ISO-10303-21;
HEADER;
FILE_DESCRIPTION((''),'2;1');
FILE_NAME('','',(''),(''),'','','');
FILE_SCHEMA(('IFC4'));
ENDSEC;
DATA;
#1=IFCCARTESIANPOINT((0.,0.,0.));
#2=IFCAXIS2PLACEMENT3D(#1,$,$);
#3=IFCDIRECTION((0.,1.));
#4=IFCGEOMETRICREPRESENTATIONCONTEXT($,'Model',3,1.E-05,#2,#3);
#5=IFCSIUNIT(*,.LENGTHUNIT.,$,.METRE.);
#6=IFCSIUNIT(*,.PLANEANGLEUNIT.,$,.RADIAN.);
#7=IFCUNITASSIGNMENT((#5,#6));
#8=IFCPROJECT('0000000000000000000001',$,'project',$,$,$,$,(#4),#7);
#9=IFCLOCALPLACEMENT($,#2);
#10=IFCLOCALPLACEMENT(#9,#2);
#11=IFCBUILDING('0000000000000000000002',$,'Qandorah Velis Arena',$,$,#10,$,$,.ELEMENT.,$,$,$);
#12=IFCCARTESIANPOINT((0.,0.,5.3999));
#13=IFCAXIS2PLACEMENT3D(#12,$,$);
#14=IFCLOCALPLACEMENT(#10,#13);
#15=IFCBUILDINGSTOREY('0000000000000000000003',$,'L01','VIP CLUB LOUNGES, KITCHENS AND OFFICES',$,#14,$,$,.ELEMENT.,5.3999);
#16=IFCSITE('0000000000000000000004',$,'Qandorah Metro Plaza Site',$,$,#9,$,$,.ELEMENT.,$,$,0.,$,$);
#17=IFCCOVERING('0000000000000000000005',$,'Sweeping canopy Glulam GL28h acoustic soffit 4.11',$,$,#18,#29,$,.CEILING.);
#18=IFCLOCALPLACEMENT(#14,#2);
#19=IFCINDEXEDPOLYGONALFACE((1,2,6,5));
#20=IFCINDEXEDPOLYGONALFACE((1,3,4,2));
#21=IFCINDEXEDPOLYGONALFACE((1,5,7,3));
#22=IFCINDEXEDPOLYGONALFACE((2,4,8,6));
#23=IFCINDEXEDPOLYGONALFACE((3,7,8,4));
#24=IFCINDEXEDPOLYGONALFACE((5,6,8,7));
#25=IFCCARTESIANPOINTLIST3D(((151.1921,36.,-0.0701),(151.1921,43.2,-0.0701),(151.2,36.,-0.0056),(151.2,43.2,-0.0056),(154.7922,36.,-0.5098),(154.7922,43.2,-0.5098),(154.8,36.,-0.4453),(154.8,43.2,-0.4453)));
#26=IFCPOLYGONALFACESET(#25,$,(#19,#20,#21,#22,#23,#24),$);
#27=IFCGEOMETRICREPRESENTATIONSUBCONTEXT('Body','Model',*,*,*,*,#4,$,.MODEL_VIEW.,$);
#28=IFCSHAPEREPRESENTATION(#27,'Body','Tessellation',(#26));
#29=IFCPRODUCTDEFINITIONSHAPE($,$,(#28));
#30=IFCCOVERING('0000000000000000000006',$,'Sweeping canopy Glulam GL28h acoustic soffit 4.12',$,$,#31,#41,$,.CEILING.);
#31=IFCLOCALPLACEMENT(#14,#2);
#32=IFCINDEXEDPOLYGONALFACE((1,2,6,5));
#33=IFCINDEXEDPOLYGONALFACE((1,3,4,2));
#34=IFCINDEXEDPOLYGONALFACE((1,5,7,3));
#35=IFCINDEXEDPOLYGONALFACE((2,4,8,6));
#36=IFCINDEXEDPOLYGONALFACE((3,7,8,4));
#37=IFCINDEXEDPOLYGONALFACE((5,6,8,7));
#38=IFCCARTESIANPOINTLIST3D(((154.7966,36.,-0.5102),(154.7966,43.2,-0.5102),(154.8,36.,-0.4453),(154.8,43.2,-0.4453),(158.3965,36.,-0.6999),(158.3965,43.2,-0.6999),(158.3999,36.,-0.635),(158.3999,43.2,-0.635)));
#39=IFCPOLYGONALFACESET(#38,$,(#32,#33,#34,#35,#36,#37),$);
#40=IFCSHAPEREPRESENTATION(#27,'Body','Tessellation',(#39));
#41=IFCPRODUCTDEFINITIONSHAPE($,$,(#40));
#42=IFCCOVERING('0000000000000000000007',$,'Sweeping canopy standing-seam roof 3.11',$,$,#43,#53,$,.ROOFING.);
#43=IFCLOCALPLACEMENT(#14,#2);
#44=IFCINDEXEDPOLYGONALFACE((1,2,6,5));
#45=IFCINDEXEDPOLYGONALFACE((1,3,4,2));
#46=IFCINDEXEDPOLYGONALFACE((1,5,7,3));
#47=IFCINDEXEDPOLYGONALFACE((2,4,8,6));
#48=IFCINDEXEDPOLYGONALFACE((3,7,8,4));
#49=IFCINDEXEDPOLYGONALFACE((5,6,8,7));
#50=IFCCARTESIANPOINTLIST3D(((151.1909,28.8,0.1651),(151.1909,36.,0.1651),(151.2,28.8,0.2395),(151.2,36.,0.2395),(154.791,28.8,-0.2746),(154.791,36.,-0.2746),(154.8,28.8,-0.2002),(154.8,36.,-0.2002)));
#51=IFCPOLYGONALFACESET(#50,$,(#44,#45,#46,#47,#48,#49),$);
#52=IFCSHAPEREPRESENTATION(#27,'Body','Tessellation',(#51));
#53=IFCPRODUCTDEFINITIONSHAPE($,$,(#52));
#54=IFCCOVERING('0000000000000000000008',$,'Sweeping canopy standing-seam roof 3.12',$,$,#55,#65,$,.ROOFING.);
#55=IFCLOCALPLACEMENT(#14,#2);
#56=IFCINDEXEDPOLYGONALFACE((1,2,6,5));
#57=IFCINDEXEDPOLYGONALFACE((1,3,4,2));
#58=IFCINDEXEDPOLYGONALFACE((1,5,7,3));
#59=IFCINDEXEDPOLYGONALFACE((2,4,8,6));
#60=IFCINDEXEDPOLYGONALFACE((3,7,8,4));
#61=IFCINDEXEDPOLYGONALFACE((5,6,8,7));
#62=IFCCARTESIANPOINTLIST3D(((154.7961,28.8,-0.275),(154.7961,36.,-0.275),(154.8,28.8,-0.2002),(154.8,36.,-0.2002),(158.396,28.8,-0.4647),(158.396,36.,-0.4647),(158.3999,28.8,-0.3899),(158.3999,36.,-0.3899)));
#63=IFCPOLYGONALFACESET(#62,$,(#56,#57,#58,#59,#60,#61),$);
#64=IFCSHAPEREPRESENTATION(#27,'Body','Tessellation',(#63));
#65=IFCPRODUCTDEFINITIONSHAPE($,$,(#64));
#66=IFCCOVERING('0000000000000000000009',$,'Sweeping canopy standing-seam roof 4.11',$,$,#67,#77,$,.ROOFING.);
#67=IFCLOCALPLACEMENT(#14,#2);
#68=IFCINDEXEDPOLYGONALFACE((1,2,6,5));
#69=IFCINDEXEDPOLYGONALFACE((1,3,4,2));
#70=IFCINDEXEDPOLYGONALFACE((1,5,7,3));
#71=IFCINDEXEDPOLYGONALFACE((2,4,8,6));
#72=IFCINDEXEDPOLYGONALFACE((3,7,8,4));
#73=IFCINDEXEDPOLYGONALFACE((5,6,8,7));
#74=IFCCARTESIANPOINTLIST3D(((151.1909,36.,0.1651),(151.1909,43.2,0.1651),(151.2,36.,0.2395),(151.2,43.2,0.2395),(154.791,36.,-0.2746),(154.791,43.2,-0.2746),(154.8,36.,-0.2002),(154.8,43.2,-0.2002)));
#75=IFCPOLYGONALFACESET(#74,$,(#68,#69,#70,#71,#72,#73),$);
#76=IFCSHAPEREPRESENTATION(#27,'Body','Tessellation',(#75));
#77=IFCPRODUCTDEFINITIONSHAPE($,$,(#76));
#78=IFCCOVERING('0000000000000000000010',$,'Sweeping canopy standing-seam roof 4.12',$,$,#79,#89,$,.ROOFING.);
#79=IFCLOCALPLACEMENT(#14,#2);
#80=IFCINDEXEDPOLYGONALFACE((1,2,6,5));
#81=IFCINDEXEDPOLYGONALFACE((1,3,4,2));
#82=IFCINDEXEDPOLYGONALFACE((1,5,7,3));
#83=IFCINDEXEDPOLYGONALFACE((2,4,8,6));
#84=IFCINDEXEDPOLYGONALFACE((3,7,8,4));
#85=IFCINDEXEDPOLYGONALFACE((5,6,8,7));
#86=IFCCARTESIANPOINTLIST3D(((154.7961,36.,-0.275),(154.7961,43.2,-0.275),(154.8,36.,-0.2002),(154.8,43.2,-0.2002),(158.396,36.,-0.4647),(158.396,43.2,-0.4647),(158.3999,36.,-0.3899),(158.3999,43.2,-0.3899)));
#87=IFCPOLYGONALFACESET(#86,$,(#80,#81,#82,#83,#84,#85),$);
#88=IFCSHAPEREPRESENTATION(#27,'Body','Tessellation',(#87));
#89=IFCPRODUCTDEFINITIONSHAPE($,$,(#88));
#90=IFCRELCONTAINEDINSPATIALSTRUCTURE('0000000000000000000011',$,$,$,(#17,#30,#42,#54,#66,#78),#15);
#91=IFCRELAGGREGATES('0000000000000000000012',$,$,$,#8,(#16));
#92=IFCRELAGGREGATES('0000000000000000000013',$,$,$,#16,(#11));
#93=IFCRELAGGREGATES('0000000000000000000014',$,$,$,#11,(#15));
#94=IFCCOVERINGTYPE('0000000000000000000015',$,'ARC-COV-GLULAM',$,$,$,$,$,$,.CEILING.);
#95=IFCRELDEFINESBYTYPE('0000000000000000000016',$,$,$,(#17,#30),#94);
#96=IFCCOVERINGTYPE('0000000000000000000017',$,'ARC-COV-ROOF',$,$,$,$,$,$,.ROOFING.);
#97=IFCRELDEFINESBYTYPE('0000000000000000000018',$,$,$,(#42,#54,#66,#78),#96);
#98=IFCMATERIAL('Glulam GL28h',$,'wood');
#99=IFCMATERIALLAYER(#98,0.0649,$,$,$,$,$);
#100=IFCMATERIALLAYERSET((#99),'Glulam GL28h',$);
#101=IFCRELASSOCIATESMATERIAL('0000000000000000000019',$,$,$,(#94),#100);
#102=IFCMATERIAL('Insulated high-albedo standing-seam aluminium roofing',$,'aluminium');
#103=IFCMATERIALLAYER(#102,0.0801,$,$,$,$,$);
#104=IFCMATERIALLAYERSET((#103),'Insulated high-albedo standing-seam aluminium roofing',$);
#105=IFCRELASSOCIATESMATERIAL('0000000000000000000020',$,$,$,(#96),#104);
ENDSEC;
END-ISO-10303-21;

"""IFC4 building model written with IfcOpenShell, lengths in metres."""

from ifc_helpers import new_model, si_unit, direction, frame, origin, place, context, subcontext, project, spatial, polyline, outline, extrude, material, layer, layer_set, type_object, element, save


model = new_model("IFC4")

# Units and contexts
model_context = context("Model", 3, precision=1e-05, world=origin(), true_north=direction((0.0, 1.0)))
body_context = subcontext(model_context, "Body", "Model", "MODEL_VIEW")
ifc_project = project(units=[si_unit("LENGTHUNIT", "METRE"), si_unit("PLANEANGLEUNIT", "RADIAN")], contexts=[model_context])

# Site, building, storey
site_placement = place(None, origin())
site = spatial("IfcSite", under=ifc_project, at=site_placement, Name="Qandorah Metro Plaza Site", CompositionType="ELEMENT", RefElevation=0.0)
building_placement = place(site_placement, origin())
building = spatial("IfcBuilding", under=site, at=building_placement, Name="Qandorah Velis Arena", CompositionType="ELEMENT")
storey_placement = place(building_placement, frame((0.0, 0.0, 5.3999)))
storey = spatial("IfcBuildingStorey", under=building, at=storey_placement, Name="L01", Description="VIP CLUB LOUNGES, KITCHENS AND OFFICES", CompositionType="ELEMENT", Elevation=5.3999)

# Coverings
ifc_material_1 = material(Name="Glulam GL28h", Category="wood")
ifc_layer_1 = layer(ifc_material_1, 0.0649)
ifc_layer_set_1 = layer_set([ifc_layer_1], Name="Glulam GL28h")
covering_type_1 = type_object("IfcCoveringType", Name="ARC-COV-GLULAM", PredefinedType="CEILING", material=ifc_layer_set_1)
covering_1_placement = place(storey_placement, frame((151.2, 36.0, -0.0056), z_axis=(0.121234, 0.0, 0.992624), x_axis=(0.992624, 0.0, -0.121234)))
element("IfcCovering", 1, at=covering_1_placement, inside=storey, type_object=covering_type_1, Name="Sweeping canopy Glulam GL28h acoustic soffit 4.11", PredefinedType="CEILING", context=body_context, shape_type="SweptSolid", body=[
    extrude(outline(polyline([(0.0, 0.0), (3.6268, 0.0), (3.6268, 7.2), (0.0, 7.2), (0.0, 0.0)])), origin(), (0.0, 0.0, -1.0), 0.0649),
])
covering_2_placement = place(storey_placement, frame((154.8, 36.0, -0.4453), z_axis=(0.052623, 0.0, 0.998614), x_axis=(0.998614, 0.0, -0.052623)))
element("IfcCovering", 2, at=covering_2_placement, inside=storey, type_object=covering_type_1, Name="Sweeping canopy Glulam GL28h acoustic soffit 4.12", PredefinedType="CEILING", context=body_context, shape_type="SweptSolid", body=[
    extrude(outline(polyline([(0.0, 0.0), (3.6048, 0.0), (3.6048, 7.2), (0.0, 7.2), (0.0, 0.0)])), origin(), (0.0, 0.0, -1.0), 0.0649),
])
ifc_material_2 = material(Name="Insulated high-albedo standing-seam aluminium roofing", Category="aluminium")
ifc_layer_2 = layer(ifc_material_2, 0.0801)
ifc_layer_set_2 = layer_set([ifc_layer_2], Name="Insulated high-albedo standing-seam aluminium roofing")
covering_type_2 = type_object("IfcCoveringType", Name="ARC-COV-ROOF", PredefinedType="ROOFING", material=ifc_layer_set_2)
covering_3_placement = place(storey_placement, frame((151.2, 28.8, 0.2395), z_axis=(0.121234, 0.0, 0.992624), x_axis=(0.992624, 0.0, -0.121234)))
element("IfcCovering", 3, at=covering_3_placement, inside=storey, type_object=covering_type_2, Name="Sweeping canopy standing-seam roof 3.11", PredefinedType="ROOFING", context=body_context, shape_type="SweptSolid", body=[
    extrude(outline(polyline([(0.0, 0.0), (3.6268, 0.0), (3.6268, 7.2), (0.0, 7.2), (0.0, 0.0)])), origin(), (0.0, 0.0, -1.0), 0.075),
])
covering_4_placement = place(storey_placement, frame((154.8, 28.8, -0.2002), z_axis=(0.052623, 0.0, 0.998614), x_axis=(0.998614, 0.0, -0.052623)))
element("IfcCovering", 4, at=covering_4_placement, inside=storey, type_object=covering_type_2, Name="Sweeping canopy standing-seam roof 3.12", PredefinedType="ROOFING", context=body_context, shape_type="SweptSolid", body=[
    extrude(outline(polyline([(0.0, 0.0), (3.6048, 0.0), (3.6048, 7.2), (0.0, 7.2), (0.0, 0.0)])), origin(), (0.0, 0.0, -1.0), 0.075),
])
covering_5_placement = place(storey_placement, frame((151.2, 36.0, 0.2395), z_axis=(0.121234, 0.0, 0.992624), x_axis=(0.992624, 0.0, -0.121234)))
element("IfcCovering", 5, at=covering_5_placement, inside=storey, type_object=covering_type_2, Name="Sweeping canopy standing-seam roof 4.11", PredefinedType="ROOFING", context=body_context, shape_type="SweptSolid", body=[
    extrude(outline(polyline([(0.0, 0.0), (3.6268, 0.0), (3.6268, 7.2), (0.0, 7.2), (0.0, 0.0)])), origin(), (0.0, 0.0, -1.0), 0.075),
])
covering_6_placement = place(storey_placement, frame((154.8, 36.0, -0.2002), z_axis=(0.052623, 0.0, 0.998614), x_axis=(0.998614, 0.0, -0.052623)))
element("IfcCovering", 6, at=covering_6_placement, inside=storey, type_object=covering_type_2, Name="Sweeping canopy standing-seam roof 4.12", PredefinedType="ROOFING", context=body_context, shape_type="SweptSolid", body=[
    extrude(outline(polyline([(0.0, 0.0), (3.6048, 0.0), (3.6048, 7.2), (0.0, 7.2), (0.0, 0.0)])), origin(), (0.0, 0.0, -1.0), 0.075),
])

save(model, "model.ifc")
